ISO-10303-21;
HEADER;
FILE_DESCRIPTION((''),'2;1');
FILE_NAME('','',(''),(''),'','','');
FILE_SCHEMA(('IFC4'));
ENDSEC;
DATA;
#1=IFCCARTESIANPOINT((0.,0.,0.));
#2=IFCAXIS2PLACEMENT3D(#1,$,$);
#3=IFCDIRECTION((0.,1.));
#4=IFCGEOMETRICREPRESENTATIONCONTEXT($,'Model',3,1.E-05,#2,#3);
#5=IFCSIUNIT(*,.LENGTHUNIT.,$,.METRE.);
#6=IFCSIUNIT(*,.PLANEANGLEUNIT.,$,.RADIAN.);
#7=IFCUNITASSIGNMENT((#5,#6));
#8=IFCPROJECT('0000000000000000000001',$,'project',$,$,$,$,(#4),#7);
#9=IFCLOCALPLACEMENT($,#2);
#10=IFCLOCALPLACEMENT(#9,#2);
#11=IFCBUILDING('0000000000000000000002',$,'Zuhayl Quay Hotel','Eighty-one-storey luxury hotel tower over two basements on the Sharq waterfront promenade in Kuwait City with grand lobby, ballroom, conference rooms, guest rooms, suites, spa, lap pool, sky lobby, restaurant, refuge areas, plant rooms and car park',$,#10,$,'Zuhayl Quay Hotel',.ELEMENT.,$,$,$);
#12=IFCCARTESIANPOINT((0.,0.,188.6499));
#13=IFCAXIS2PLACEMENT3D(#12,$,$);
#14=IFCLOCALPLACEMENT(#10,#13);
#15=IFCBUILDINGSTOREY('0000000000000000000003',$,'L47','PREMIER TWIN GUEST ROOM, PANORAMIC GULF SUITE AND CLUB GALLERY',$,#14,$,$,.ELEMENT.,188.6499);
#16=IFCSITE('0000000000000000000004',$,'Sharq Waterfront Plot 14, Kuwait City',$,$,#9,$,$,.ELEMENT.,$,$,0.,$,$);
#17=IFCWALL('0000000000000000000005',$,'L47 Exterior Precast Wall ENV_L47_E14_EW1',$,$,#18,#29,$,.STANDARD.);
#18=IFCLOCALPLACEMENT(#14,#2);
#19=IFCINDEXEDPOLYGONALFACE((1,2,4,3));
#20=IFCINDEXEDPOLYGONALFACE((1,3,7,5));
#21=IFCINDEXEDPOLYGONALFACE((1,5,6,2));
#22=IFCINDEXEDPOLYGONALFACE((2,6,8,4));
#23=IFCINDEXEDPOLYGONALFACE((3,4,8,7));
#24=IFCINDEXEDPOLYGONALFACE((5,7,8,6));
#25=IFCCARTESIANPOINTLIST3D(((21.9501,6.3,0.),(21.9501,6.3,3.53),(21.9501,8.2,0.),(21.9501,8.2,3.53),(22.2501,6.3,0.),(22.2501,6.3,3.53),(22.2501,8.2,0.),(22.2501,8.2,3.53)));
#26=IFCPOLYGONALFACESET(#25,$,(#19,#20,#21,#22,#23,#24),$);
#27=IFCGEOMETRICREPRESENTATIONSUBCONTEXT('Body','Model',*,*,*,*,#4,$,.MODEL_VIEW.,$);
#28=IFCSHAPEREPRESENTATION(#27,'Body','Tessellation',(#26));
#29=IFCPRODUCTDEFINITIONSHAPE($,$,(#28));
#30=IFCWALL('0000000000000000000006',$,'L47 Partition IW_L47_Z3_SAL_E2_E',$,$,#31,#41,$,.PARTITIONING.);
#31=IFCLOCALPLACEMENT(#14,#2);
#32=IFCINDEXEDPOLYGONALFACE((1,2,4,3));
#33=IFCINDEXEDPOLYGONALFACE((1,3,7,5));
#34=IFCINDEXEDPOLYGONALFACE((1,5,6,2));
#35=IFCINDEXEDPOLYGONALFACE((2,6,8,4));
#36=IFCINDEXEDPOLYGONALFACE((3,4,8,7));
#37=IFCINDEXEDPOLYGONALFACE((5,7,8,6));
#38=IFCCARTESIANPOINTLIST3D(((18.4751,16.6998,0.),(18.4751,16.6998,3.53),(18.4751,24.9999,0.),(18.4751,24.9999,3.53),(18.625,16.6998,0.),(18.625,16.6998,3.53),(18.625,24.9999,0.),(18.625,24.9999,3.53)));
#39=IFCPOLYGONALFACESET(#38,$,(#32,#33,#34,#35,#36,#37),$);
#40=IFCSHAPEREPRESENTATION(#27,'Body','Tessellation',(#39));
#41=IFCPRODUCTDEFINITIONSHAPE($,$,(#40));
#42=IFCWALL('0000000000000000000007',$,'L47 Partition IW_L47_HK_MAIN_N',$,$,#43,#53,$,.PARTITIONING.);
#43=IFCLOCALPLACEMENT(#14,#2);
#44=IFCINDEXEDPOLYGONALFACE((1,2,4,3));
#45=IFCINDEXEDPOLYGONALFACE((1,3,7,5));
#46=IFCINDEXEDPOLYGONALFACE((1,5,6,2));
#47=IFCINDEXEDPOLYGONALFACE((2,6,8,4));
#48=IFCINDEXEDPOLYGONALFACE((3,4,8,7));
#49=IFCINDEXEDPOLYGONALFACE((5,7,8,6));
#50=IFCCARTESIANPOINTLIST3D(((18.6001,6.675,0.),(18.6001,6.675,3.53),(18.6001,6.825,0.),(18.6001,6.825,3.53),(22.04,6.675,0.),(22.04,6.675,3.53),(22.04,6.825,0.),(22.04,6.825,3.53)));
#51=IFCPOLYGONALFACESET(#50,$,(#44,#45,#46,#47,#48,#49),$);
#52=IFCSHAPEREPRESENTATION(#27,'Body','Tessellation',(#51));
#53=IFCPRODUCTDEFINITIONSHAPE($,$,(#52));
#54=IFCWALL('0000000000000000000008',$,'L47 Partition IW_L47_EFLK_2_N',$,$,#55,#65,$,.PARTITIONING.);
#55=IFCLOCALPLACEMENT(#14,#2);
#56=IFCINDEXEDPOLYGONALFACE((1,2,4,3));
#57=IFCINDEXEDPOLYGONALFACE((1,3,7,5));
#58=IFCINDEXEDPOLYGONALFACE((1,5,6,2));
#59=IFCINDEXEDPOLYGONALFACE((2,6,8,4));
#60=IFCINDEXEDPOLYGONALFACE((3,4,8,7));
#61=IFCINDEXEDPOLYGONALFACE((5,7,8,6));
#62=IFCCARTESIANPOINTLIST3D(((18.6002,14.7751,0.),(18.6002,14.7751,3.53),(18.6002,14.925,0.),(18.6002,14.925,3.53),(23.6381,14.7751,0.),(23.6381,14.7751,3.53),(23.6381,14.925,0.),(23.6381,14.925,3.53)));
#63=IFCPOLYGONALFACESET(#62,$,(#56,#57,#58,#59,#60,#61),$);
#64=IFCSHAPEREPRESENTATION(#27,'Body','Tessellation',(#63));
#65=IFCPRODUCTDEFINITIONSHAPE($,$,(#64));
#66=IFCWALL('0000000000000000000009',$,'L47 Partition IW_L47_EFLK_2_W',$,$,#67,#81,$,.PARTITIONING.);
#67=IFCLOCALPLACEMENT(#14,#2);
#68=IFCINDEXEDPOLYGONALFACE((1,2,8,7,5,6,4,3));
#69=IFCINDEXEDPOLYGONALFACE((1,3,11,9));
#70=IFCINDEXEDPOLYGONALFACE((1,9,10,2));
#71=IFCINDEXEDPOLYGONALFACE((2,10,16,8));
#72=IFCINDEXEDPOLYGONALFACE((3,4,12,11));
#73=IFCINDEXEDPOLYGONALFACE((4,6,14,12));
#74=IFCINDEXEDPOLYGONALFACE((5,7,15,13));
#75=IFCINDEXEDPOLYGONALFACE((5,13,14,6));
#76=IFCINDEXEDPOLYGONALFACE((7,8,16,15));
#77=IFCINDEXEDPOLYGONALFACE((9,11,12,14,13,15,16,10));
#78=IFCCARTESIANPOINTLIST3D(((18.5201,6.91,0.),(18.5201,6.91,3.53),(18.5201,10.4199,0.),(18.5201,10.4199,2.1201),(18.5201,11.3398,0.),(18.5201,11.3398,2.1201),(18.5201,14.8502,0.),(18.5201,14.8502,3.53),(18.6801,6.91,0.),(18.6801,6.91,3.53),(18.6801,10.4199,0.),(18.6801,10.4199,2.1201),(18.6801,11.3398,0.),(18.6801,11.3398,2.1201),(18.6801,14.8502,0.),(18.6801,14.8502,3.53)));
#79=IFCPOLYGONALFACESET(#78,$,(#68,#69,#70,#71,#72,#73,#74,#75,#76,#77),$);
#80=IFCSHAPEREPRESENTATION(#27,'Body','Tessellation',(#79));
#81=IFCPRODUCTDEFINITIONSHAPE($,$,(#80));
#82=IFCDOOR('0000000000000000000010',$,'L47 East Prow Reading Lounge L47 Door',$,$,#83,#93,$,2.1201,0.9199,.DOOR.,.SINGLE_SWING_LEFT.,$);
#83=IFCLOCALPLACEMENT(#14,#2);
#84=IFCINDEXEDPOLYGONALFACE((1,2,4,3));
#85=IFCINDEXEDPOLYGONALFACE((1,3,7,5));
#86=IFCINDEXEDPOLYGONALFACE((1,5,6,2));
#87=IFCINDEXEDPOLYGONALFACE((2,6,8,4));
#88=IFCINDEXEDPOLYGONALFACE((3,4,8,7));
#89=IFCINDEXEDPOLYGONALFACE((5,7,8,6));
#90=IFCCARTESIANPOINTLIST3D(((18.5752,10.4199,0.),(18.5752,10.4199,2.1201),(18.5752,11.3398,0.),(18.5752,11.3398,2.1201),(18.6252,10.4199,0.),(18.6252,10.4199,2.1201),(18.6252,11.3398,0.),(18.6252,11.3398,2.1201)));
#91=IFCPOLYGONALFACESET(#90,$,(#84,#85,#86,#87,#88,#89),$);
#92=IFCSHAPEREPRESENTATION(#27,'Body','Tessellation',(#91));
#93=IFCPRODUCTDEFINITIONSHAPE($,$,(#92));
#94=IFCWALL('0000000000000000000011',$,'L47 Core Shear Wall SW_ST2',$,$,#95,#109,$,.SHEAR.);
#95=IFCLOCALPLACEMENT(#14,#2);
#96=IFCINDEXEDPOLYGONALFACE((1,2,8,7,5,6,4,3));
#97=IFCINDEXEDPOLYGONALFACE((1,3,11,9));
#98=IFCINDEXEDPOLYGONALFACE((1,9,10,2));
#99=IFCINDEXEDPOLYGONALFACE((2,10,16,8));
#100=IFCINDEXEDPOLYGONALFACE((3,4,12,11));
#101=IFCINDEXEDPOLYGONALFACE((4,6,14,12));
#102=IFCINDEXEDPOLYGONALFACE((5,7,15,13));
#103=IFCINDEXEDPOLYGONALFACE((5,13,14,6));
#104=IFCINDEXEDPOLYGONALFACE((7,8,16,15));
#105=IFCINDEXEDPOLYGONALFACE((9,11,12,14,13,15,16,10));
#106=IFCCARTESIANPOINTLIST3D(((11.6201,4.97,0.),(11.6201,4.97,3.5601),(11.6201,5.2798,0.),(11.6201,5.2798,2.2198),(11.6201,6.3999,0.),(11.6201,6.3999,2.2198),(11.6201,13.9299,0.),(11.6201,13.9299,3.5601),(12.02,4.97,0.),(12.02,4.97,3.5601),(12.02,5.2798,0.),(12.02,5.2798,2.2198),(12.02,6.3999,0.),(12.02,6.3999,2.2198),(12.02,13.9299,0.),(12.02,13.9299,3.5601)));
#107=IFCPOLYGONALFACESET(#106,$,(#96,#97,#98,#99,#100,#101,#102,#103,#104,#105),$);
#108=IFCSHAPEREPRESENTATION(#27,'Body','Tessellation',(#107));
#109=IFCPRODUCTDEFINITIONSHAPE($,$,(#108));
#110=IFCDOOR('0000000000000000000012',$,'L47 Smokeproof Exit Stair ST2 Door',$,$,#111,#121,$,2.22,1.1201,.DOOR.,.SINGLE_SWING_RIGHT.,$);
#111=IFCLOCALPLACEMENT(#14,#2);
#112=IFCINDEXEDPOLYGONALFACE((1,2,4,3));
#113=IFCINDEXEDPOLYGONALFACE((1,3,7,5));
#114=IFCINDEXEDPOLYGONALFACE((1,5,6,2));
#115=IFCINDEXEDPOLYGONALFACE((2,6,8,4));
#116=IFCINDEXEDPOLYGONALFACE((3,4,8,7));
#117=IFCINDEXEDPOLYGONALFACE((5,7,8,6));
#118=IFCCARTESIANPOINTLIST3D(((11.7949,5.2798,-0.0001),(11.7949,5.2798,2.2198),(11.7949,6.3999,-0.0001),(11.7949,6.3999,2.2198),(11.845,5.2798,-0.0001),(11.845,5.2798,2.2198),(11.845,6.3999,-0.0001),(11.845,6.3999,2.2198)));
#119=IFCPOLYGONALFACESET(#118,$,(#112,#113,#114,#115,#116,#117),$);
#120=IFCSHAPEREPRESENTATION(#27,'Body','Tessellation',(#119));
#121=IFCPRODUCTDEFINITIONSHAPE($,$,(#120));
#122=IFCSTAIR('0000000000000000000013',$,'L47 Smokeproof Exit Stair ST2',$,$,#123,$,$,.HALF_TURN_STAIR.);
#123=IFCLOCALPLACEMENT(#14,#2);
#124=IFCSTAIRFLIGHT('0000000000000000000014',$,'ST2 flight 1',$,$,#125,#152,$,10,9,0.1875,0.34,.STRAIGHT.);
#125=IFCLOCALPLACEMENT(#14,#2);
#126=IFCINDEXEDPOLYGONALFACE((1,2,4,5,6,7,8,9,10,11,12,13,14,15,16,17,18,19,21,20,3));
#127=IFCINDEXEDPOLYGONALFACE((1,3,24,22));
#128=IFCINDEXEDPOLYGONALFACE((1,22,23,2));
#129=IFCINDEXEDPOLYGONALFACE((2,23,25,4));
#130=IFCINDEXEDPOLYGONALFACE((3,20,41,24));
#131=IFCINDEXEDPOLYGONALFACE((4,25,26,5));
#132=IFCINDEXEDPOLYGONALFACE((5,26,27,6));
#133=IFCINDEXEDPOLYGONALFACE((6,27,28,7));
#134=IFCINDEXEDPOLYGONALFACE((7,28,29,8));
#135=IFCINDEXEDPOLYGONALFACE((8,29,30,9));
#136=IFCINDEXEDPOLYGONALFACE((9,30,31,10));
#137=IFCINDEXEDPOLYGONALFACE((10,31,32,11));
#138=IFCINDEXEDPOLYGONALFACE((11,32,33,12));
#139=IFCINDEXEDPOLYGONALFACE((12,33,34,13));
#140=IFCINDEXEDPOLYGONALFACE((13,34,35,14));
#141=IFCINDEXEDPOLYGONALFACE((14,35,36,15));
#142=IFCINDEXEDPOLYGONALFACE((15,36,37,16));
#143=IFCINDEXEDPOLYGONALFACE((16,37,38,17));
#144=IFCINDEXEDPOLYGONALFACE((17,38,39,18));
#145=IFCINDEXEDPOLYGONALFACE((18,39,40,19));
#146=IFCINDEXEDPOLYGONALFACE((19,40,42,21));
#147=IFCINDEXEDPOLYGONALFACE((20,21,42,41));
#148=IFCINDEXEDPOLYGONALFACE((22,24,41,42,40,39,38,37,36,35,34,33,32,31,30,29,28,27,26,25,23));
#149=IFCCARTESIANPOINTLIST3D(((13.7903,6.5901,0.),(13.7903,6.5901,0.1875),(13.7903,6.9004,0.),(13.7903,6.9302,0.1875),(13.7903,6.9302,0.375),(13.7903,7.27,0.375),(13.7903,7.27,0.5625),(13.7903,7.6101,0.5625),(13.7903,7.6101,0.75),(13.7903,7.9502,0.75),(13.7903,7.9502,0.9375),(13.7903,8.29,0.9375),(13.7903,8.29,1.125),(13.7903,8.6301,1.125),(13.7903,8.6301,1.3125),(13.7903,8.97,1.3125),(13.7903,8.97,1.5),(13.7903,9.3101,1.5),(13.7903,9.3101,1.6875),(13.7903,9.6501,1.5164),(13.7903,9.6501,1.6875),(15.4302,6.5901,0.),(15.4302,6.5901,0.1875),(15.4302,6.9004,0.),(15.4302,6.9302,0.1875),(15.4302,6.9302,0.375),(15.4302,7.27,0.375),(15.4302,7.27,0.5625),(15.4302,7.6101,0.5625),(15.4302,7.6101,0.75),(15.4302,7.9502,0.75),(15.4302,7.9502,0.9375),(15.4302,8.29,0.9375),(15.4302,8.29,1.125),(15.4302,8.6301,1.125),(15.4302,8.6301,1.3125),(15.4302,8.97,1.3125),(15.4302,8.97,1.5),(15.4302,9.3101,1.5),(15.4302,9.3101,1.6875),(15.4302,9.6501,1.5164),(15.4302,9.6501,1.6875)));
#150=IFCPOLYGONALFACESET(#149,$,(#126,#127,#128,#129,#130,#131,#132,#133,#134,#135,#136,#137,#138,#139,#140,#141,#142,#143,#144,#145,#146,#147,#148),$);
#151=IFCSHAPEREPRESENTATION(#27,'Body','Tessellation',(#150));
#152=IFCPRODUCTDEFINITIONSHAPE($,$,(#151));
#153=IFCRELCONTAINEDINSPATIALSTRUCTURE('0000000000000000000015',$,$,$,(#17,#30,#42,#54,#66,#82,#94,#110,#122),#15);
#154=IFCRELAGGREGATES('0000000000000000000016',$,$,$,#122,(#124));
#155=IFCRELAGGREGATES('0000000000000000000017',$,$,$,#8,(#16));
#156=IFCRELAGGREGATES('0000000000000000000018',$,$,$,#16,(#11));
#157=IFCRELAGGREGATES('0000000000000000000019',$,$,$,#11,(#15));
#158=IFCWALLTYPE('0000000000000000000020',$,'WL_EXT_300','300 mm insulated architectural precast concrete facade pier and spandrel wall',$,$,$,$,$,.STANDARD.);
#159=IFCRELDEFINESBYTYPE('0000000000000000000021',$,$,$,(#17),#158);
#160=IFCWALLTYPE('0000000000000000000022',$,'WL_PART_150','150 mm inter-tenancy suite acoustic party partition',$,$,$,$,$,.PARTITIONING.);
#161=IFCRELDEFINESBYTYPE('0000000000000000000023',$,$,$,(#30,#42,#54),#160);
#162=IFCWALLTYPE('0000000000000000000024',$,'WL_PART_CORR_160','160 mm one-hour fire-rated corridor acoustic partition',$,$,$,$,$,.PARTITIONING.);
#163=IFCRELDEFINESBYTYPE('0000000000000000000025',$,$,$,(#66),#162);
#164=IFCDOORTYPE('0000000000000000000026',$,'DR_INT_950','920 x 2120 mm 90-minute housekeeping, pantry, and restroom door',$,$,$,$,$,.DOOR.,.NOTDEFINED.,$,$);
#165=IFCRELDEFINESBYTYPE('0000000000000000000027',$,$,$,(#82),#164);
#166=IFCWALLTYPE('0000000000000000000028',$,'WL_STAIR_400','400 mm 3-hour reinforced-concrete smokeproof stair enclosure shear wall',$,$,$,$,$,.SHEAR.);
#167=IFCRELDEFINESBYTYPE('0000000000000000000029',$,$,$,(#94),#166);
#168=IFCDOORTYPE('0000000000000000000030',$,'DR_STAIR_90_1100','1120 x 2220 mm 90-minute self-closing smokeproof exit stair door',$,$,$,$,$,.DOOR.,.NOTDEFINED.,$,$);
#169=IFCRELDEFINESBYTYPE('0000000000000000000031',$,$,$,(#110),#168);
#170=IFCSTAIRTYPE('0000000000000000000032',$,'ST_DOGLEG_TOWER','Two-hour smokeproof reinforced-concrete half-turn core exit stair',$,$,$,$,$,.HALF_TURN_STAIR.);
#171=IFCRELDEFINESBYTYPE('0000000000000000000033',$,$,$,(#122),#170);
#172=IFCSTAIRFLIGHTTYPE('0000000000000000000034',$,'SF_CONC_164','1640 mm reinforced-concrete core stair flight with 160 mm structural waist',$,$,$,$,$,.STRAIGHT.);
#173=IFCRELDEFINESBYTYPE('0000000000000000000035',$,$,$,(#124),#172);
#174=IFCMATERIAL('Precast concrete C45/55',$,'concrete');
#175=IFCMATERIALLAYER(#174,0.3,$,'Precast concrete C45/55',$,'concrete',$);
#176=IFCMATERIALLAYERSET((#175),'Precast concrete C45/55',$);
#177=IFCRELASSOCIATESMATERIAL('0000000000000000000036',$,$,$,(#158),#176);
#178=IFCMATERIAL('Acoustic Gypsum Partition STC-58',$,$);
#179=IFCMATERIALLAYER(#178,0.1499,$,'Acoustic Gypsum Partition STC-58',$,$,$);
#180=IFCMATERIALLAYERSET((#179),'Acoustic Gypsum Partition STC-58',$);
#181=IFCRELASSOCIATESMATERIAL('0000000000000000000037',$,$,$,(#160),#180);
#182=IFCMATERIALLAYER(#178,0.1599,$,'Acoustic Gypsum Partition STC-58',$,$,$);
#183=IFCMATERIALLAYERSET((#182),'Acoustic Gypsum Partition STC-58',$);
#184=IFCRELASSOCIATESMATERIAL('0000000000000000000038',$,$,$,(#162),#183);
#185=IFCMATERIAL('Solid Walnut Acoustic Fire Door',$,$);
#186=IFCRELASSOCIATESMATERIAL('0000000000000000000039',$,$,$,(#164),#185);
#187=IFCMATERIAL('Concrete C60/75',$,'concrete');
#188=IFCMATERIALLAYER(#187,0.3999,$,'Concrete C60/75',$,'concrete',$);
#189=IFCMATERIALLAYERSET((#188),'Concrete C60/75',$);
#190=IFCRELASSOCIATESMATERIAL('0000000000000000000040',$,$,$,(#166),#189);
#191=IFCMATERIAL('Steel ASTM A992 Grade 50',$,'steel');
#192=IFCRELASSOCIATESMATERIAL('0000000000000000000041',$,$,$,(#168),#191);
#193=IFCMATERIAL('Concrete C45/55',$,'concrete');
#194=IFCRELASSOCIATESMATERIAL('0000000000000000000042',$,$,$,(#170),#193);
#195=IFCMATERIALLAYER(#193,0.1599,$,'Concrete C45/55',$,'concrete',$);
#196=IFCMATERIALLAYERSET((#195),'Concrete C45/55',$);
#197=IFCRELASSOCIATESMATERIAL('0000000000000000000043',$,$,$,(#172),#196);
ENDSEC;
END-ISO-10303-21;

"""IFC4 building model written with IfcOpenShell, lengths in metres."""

from ifc_helpers import new_model, si_unit, direction, frame, frame_2d, origin, place, context, subcontext, project, spatial, polyline, rectangle, outline, extrude, material, layer, layer_set, type_object, element, fill, aggregate, save


model = new_model("IFC4")

# Units and contexts
model_context = context("Model", 3, precision=1e-05, world=origin(), true_north=direction((0.0, 1.0)))
body_context = subcontext(model_context, "Body", "Model", "MODEL_VIEW")
ifc_project = project(units=[si_unit("LENGTHUNIT", "METRE"), si_unit("PLANEANGLEUNIT", "RADIAN")], contexts=[model_context])

# Site, building, storey
site_placement = place(None, origin())
site = spatial("IfcSite", under=ifc_project, at=site_placement, Name="Sharq Waterfront Plot 14, Kuwait City", CompositionType="ELEMENT", RefElevation=0.0)
building_placement = place(site_placement, origin())
building = spatial("IfcBuilding", under=site, at=building_placement, Name="Zuhayl Quay Hotel", Description="Eighty-one-storey luxury hotel tower over two basements on the Sharq waterfront promenade in Kuwait City with grand lobby, ballroom, conference rooms, guest rooms, suites, spa, lap pool, sky lobby, restaurant, refuge areas, plant rooms and car park", LongName="Zuhayl Quay Hotel", CompositionType="ELEMENT")
storey_placement = place(building_placement, frame((0.0, 0.0, 188.6499)))
storey = spatial("IfcBuildingStorey", under=building, at=storey_placement, Name="L47", Description="PREMIER TWIN GUEST ROOM, PANORAMIC GULF SUITE AND CLUB GALLERY", CompositionType="ELEMENT", Elevation=188.6499)

# Shared definitions
ifc_material_1 = material(Name="Concrete C60/75", Category="concrete")

# Shared definitions
ifc_material_2 = material(Name="Steel ASTM A992 Grade 50", Category="steel")

# Walls
ifc_material_3 = material(Name="Precast concrete C45/55", Category="concrete")
ifc_layer_1 = layer(ifc_material_3, 0.3, Name="Precast concrete C45/55", Category="concrete")
ifc_layer_set_1 = layer_set([ifc_layer_1], Name="Precast concrete C45/55")
wall_type_1 = type_object("IfcWallType", Name="WL_EXT_300", Description="300 mm insulated architectural precast concrete facade pier and spandrel wall", PredefinedType="STANDARD", material=ifc_layer_set_1)
wall_1_placement = place(storey_placement, frame((22.1001, 8.2, 0.0), z_axis=(0.0, 0.0, 1.0), x_axis=(0.0, -1.0, 0.0)))
element("IfcWall", 1, at=wall_1_placement, inside=storey, type_object=wall_type_1, Name="L47 Exterior Precast Wall ENV_L47_E14_EW1", PredefinedType="STANDARD", context=body_context, shape_type="SweptSolid", body=[
    extrude(rectangle(XDim=1.8999, YDim=0.3, at=frame_2d((0.95, 0.0))), origin(), (0.0, 0.0, 1.0), 3.53),
])
ifc_material_4 = material(Name="Acoustic Gypsum Partition STC-58")
ifc_layer_2 = layer(ifc_material_4, 0.1499, Name="Acoustic Gypsum Partition STC-58")
ifc_layer_set_2 = layer_set([ifc_layer_2], Name="Acoustic Gypsum Partition STC-58")
wall_type_2 = type_object("IfcWallType", Name="WL_PART_150", Description="150 mm inter-tenancy suite acoustic party partition", PredefinedType="PARTITIONING", material=ifc_layer_set_2)
wall_2_placement = place(storey_placement, frame((18.55, 16.7, 0.0), z_axis=(0.0, 0.0, 1.0), x_axis=(0.0, 1.0, 0.0)))
element("IfcWall", 2, at=wall_2_placement, inside=storey, type_object=wall_type_2, Name="L47 Partition IW_L47_Z3_SAL_E2_E", PredefinedType="PARTITIONING", context=body_context, shape_type="SweptSolid", body=[
    extrude(rectangle(XDim=8.3, YDim=0.1499, at=frame_2d((4.1499, 0.0))), origin(), (0.0, 0.0, 1.0), 3.53),
])
wall_3_placement = place(storey_placement, frame((18.6001, 6.75, 0.0), z_axis=(0.0, 0.0, 1.0), x_axis=(1.0, 0.0, 0.0)))
element("IfcWall", 3, at=wall_3_placement, inside=storey, type_object=wall_type_2, Name="L47 Partition IW_L47_HK_MAIN_N", PredefinedType="PARTITIONING", context=body_context, shape_type="SweptSolid", body=[
    extrude(rectangle(XDim=3.4399, YDim=0.1499, at=frame_2d((1.72, 0.0))), origin(), (0.0, 0.0, 1.0), 3.53),
])
wall_4_placement = place(storey_placement, frame((18.6001, 14.8501, 0.0), z_axis=(0.0, 0.0, 1.0), x_axis=(1.0, 0.0, 0.0)))
element("IfcWall", 4, at=wall_4_placement, inside=storey, type_object=wall_type_2, Name="L47 Partition IW_L47_EFLK_2_N", PredefinedType="PARTITIONING", context=body_context, shape_type="SweptSolid", body=[
    extrude(rectangle(XDim=5.0378, YDim=0.1499, at=frame_2d((2.519, 0.0))), origin(), (0.0, 0.0, 1.0), 3.53),
])

# Walls, openings, doors
ifc_layer_3 = layer(ifc_material_4, 0.1599, Name="Acoustic Gypsum Partition STC-58")
ifc_layer_set_3 = layer_set([ifc_layer_3], Name="Acoustic Gypsum Partition STC-58")
wall_type_3 = type_object("IfcWallType", Name="WL_PART_CORR_160", Description="160 mm one-hour fire-rated corridor acoustic partition", PredefinedType="PARTITIONING", material=ifc_layer_set_3)
wall_5_placement = place(storey_placement, frame((18.6001, 6.9099, 0.0), z_axis=(0.0, 0.0, 1.0), x_axis=(0.0, 1.0, 0.0)))
wall_5 = element("IfcWall", 5, at=wall_5_placement, inside=storey, type_object=wall_type_3, Name="L47 Partition IW_L47_EFLK_2_W", PredefinedType="PARTITIONING", context=body_context, shape_type="SweptSolid", body=[
    extrude(rectangle(XDim=7.9402, YDim=0.1599, at=frame_2d((3.9702, 0.0))), origin(), (0.0, 0.0, 1.0), 3.53),
])
opening_1_placement = place(wall_5_placement, frame((3.51, 0.0, 0.0)))
opening_1 = element("IfcOpeningElement", 6, at=opening_1_placement, cuts=wall_5, PredefinedType="OPENING", context=body_context, shape_type="SweptSolid", body=[
    extrude(rectangle(XDim=0.9199, YDim=2.1201, at=frame_2d((0.46, 1.0601))), frame((0.0, 0.0898, 0.0), z_axis=(0.0, -1.0, 0.0), x_axis=(1.0, 0.0, 0.0)), (0.0, 0.0, 1.0), 0.1799),
])
ifc_material_5 = material(Name="Solid Walnut Acoustic Fire Door")
door_type_1 = type_object("IfcDoorType", Name="DR_INT_950", Description="920 x 2120 mm 90-minute housekeeping, pantry, and restroom door", OperationType="NOTDEFINED", PredefinedType="DOOR", material=ifc_material_5)
door_1_placement = place(opening_1_placement, origin())
door_1 = element("IfcDoor", 7, at=door_1_placement, inside=storey, type_object=door_type_1, Name="L47 East Prow Reading Lounge L47 Door", OperationType="SINGLE_SWING_LEFT", OverallHeight=2.1201, OverallWidth=0.9199, PredefinedType="DOOR", context=body_context, shape_type="SweptSolid", body=[
    extrude(rectangle(XDim=0.9199, YDim=2.1201, at=frame_2d((0.46, 1.0601))), frame((0.0, 0.0249, 0.0), z_axis=(0.0, -1.0, 0.0), x_axis=(1.0, 0.0, 0.0)), (0.0, 0.0, 1.0), 0.05),
])
fill(opening_1, door_1)
ifc_layer_4 = layer(ifc_material_1, 0.3999, Name="Concrete C60/75", Category="concrete")
ifc_layer_set_4 = layer_set([ifc_layer_4], Name="Concrete C60/75")
wall_type_4 = type_object("IfcWallType", Name="WL_STAIR_400", Description="400 mm 3-hour reinforced-concrete smokeproof stair enclosure shear wall", PredefinedType="SHEAR", material=ifc_layer_set_4)
wall_6_placement = place(storey_placement, frame((11.8201, 13.9299, 0.0), z_axis=(0.0, 0.0, 1.0), x_axis=(0.0, -1.0, 0.0)))
wall_6 = element("IfcWall", 8, at=wall_6_placement, inside=storey, type_object=wall_type_4, Name="L47 Core Shear Wall SW_ST2", PredefinedType="SHEAR", context=body_context, shape_type="SweptSolid", body=[
    extrude(rectangle(XDim=8.96, YDim=0.3999, at=frame_2d((4.48, 0.0))), origin(), (0.0, 0.0, 1.0), 3.5601),
])
opening_2_placement = place(wall_6_placement, frame((7.53, 0.0, 0.0)))
opening_2 = element("IfcOpeningElement", 9, at=opening_2_placement, cuts=wall_6, PredefinedType="OPENING", context=body_context, shape_type="SweptSolid", body=[
    extrude(rectangle(XDim=1.1201, YDim=2.22, at=frame_2d((0.5601, 1.1099))), frame((0.0, 0.21, 0.0), z_axis=(0.0, -1.0, 0.0), x_axis=(1.0, 0.0, 0.0)), (0.0, 0.0, 1.0), 0.4199),
])
door_type_2 = type_object("IfcDoorType", Name="DR_STAIR_90_1100", Description="1120 x 2220 mm 90-minute self-closing smokeproof exit stair door", OperationType="NOTDEFINED", PredefinedType="DOOR", material=ifc_material_2)
door_2_placement = place(opening_2_placement, origin())
door_2 = element("IfcDoor", 10, at=door_2_placement, inside=storey, type_object=door_type_2, Name="L47 Smokeproof Exit Stair ST2 Door", OperationType="SINGLE_SWING_RIGHT", OverallHeight=2.22, OverallWidth=1.1201, PredefinedType="DOOR", context=body_context, shape_type="SweptSolid", body=[
    extrude(rectangle(XDim=1.1201, YDim=2.22, at=frame_2d((0.5601, 1.1099))), frame((0.0, 0.0249, 0.0), z_axis=(0.0, -1.0, 0.0), x_axis=(1.0, 0.0, 0.0)), (0.0, 0.0, 1.0), 0.05),
])
fill(opening_2, door_2)

# Stair, stair flight
ifc_material_6 = material(Name="Concrete C45/55", Category="concrete")
stair_type = type_object("IfcStairType", Name="ST_DOGLEG_TOWER", Description="Two-hour smokeproof reinforced-concrete half-turn core exit stair", PredefinedType="HALF_TURN_STAIR", material=ifc_material_6)
stair_placement = place(storey_placement, origin())
stair = element("IfcStair", 11, at=stair_placement, inside=storey, type_object=stair_type, Name="L47 Smokeproof Exit Stair ST2", PredefinedType="HALF_TURN_STAIR")
ifc_layer_5 = layer(ifc_material_6, 0.1599, Name="Concrete C45/55", Category="concrete")
ifc_layer_set_5 = layer_set([ifc_layer_5], Name="Concrete C45/55")
stair_flight_type = type_object("IfcStairFlightType", Name="SF_CONC_164", Description="1640 mm reinforced-concrete core stair flight with 160 mm structural waist", PredefinedType="STRAIGHT", material=ifc_layer_set_5)
stair_flight_1_placement = place(storey_placement, frame((14.6101, 6.5901, 0.0), z_axis=(0.0, 0.0, 1.0), x_axis=(0.0, 1.0, 0.0)))
stair_flight_1 = element("IfcStairFlight", 12, at=stair_flight_1_placement, type_object=stair_flight_type, Name="ST2 flight 1", NumberOfRisers=10, NumberOfTreads=9, PredefinedType="STRAIGHT", RiserHeight=0.1875, TreadLength=0.34, context=body_context, shape_type="SweptSolid", body=[
    extrude(outline(polyline([(0.0, 0.0), (0.0, 0.1875), (0.3401, 0.1875), (0.3401, 0.375), (0.6799, 0.375), (0.6799, 0.5625), (1.02, 0.5625), (1.02, 0.75), (1.3601, 0.75), (1.3601, 0.9375), (1.7, 0.9375), (1.7, 1.125), (2.04, 1.125), (2.04, 1.3125), (2.3799, 1.3125), (2.3799, 1.5), (2.72, 1.5), (2.72, 1.6875), (3.0601, 1.6875), (3.0601, 1.875), (3.0601, 1.5164), (0.3103, 0.0), (0.0, 0.0)])), frame((0.0, 0.8198, 0.0), z_axis=(0.0, -1.0, 0.0), x_axis=(1.0, 0.0, 0.0)), (0.0, 0.0, 1.0), 1.6399),
])
aggregate(stair, [stair_flight_1])

save(model, "model.ifc")
